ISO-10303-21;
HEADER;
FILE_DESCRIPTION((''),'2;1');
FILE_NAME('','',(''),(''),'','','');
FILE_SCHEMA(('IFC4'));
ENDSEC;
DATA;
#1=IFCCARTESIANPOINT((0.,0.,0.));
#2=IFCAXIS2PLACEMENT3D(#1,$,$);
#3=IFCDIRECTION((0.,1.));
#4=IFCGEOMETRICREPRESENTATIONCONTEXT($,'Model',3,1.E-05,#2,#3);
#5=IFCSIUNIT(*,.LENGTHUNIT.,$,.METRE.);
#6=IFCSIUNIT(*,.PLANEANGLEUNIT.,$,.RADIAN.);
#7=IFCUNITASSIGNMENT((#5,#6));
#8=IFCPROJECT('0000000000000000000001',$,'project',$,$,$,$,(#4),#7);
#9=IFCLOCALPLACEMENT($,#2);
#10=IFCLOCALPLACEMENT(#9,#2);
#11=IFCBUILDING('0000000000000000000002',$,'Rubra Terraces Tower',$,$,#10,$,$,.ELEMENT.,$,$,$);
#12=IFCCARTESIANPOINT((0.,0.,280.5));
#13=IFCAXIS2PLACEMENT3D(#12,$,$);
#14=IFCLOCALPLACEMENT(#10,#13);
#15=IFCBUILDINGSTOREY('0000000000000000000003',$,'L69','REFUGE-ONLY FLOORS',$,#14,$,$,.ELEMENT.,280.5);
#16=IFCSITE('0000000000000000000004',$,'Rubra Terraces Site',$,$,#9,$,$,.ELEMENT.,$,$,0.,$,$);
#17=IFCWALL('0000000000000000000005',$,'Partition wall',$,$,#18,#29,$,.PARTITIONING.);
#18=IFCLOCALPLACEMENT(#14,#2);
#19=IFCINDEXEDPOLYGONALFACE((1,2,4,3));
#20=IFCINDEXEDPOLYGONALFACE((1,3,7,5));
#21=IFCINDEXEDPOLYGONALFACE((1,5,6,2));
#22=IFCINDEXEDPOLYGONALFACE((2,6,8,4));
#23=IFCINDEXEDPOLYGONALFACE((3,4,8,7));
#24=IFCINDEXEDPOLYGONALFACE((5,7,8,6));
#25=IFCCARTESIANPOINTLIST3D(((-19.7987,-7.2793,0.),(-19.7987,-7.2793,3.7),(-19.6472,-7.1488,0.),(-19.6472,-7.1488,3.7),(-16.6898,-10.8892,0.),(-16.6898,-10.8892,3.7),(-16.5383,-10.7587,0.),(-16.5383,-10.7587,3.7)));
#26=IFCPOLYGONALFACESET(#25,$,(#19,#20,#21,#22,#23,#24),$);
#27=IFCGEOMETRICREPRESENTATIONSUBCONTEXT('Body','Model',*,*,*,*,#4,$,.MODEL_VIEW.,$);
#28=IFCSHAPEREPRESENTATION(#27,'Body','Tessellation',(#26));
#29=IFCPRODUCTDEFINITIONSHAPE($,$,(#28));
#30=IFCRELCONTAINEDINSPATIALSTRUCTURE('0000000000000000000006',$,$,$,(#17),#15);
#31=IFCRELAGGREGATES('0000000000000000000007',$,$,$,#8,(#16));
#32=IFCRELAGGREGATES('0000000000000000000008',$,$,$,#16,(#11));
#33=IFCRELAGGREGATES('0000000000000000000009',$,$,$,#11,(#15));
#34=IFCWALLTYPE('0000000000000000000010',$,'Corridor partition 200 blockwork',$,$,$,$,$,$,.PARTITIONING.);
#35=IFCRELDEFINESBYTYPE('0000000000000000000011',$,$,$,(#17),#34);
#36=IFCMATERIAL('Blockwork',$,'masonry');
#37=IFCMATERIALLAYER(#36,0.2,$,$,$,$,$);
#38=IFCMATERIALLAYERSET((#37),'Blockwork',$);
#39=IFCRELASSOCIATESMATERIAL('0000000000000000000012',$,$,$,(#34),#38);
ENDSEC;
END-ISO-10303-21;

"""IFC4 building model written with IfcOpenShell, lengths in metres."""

from ifc_helpers import new_model, si_unit, direction, frame, frame_2d, origin, place, context, subcontext, project, spatial, rectangle, extrude, material, layer, layer_set, type_object, element, save


model = new_model("IFC4")

# Units and contexts
model_context = context("Model", 3, precision=1e-05, world=origin(), true_north=direction((0.0, 1.0)))
body_context = subcontext(model_context, "Body", "Model", "MODEL_VIEW")
ifc_project = project(units=[si_unit("LENGTHUNIT", "METRE"), si_unit("PLANEANGLEUNIT", "RADIAN")], contexts=[model_context])

# Site, building, storey
site_placement = place(None, origin())
site = spatial("IfcSite", under=ifc_project, at=site_placement, Name="Rubra Terraces Site", CompositionType="ELEMENT", RefElevation=0.0)
building_placement = place(site_placement, origin())
building = spatial("IfcBuilding", under=site, at=building_placement, Name="Rubra Terraces Tower", CompositionType="ELEMENT")
storey_placement = place(building_placement, frame((0.0, 0.0, 280.5)))
storey = spatial("IfcBuildingStorey", under=building, at=storey_placement, Name="L69", Description="REFUGE-ONLY FLOORS", CompositionType="ELEMENT", Elevation=280.5)

# Wall
ifc_material_1 = material(Name="Blockwork", Category="masonry")
ifc_layer_1 = layer(ifc_material_1, 0.2)
ifc_layer_set_1 = layer_set([ifc_layer_1], Name="Blockwork")
wall_type_1 = type_object("IfcWallType", Name="Corridor partition 200 blockwork", PredefinedType="PARTITIONING", material=ifc_layer_set_1)
wall_1_placement = place(storey_placement, frame((-16.614, -10.824, 0.0), z_axis=(0.0, 0.0, 1.0), x_axis=(-0.652571, 0.757728, 0.0)))
element("IfcWall", 1, at=wall_1_placement, inside=storey, type_object=wall_type_1, Name="Partition wall", PredefinedType="PARTITIONING", context=body_context, shape_type="SweptSolid", body=[
    extrude(rectangle(XDim=4.7642, YDim=0.2, at=frame_2d((2.3821, 0.0))), origin(), (0.0, 0.0, 1.0), 3.7),
])

save(model, "model.ifc")
